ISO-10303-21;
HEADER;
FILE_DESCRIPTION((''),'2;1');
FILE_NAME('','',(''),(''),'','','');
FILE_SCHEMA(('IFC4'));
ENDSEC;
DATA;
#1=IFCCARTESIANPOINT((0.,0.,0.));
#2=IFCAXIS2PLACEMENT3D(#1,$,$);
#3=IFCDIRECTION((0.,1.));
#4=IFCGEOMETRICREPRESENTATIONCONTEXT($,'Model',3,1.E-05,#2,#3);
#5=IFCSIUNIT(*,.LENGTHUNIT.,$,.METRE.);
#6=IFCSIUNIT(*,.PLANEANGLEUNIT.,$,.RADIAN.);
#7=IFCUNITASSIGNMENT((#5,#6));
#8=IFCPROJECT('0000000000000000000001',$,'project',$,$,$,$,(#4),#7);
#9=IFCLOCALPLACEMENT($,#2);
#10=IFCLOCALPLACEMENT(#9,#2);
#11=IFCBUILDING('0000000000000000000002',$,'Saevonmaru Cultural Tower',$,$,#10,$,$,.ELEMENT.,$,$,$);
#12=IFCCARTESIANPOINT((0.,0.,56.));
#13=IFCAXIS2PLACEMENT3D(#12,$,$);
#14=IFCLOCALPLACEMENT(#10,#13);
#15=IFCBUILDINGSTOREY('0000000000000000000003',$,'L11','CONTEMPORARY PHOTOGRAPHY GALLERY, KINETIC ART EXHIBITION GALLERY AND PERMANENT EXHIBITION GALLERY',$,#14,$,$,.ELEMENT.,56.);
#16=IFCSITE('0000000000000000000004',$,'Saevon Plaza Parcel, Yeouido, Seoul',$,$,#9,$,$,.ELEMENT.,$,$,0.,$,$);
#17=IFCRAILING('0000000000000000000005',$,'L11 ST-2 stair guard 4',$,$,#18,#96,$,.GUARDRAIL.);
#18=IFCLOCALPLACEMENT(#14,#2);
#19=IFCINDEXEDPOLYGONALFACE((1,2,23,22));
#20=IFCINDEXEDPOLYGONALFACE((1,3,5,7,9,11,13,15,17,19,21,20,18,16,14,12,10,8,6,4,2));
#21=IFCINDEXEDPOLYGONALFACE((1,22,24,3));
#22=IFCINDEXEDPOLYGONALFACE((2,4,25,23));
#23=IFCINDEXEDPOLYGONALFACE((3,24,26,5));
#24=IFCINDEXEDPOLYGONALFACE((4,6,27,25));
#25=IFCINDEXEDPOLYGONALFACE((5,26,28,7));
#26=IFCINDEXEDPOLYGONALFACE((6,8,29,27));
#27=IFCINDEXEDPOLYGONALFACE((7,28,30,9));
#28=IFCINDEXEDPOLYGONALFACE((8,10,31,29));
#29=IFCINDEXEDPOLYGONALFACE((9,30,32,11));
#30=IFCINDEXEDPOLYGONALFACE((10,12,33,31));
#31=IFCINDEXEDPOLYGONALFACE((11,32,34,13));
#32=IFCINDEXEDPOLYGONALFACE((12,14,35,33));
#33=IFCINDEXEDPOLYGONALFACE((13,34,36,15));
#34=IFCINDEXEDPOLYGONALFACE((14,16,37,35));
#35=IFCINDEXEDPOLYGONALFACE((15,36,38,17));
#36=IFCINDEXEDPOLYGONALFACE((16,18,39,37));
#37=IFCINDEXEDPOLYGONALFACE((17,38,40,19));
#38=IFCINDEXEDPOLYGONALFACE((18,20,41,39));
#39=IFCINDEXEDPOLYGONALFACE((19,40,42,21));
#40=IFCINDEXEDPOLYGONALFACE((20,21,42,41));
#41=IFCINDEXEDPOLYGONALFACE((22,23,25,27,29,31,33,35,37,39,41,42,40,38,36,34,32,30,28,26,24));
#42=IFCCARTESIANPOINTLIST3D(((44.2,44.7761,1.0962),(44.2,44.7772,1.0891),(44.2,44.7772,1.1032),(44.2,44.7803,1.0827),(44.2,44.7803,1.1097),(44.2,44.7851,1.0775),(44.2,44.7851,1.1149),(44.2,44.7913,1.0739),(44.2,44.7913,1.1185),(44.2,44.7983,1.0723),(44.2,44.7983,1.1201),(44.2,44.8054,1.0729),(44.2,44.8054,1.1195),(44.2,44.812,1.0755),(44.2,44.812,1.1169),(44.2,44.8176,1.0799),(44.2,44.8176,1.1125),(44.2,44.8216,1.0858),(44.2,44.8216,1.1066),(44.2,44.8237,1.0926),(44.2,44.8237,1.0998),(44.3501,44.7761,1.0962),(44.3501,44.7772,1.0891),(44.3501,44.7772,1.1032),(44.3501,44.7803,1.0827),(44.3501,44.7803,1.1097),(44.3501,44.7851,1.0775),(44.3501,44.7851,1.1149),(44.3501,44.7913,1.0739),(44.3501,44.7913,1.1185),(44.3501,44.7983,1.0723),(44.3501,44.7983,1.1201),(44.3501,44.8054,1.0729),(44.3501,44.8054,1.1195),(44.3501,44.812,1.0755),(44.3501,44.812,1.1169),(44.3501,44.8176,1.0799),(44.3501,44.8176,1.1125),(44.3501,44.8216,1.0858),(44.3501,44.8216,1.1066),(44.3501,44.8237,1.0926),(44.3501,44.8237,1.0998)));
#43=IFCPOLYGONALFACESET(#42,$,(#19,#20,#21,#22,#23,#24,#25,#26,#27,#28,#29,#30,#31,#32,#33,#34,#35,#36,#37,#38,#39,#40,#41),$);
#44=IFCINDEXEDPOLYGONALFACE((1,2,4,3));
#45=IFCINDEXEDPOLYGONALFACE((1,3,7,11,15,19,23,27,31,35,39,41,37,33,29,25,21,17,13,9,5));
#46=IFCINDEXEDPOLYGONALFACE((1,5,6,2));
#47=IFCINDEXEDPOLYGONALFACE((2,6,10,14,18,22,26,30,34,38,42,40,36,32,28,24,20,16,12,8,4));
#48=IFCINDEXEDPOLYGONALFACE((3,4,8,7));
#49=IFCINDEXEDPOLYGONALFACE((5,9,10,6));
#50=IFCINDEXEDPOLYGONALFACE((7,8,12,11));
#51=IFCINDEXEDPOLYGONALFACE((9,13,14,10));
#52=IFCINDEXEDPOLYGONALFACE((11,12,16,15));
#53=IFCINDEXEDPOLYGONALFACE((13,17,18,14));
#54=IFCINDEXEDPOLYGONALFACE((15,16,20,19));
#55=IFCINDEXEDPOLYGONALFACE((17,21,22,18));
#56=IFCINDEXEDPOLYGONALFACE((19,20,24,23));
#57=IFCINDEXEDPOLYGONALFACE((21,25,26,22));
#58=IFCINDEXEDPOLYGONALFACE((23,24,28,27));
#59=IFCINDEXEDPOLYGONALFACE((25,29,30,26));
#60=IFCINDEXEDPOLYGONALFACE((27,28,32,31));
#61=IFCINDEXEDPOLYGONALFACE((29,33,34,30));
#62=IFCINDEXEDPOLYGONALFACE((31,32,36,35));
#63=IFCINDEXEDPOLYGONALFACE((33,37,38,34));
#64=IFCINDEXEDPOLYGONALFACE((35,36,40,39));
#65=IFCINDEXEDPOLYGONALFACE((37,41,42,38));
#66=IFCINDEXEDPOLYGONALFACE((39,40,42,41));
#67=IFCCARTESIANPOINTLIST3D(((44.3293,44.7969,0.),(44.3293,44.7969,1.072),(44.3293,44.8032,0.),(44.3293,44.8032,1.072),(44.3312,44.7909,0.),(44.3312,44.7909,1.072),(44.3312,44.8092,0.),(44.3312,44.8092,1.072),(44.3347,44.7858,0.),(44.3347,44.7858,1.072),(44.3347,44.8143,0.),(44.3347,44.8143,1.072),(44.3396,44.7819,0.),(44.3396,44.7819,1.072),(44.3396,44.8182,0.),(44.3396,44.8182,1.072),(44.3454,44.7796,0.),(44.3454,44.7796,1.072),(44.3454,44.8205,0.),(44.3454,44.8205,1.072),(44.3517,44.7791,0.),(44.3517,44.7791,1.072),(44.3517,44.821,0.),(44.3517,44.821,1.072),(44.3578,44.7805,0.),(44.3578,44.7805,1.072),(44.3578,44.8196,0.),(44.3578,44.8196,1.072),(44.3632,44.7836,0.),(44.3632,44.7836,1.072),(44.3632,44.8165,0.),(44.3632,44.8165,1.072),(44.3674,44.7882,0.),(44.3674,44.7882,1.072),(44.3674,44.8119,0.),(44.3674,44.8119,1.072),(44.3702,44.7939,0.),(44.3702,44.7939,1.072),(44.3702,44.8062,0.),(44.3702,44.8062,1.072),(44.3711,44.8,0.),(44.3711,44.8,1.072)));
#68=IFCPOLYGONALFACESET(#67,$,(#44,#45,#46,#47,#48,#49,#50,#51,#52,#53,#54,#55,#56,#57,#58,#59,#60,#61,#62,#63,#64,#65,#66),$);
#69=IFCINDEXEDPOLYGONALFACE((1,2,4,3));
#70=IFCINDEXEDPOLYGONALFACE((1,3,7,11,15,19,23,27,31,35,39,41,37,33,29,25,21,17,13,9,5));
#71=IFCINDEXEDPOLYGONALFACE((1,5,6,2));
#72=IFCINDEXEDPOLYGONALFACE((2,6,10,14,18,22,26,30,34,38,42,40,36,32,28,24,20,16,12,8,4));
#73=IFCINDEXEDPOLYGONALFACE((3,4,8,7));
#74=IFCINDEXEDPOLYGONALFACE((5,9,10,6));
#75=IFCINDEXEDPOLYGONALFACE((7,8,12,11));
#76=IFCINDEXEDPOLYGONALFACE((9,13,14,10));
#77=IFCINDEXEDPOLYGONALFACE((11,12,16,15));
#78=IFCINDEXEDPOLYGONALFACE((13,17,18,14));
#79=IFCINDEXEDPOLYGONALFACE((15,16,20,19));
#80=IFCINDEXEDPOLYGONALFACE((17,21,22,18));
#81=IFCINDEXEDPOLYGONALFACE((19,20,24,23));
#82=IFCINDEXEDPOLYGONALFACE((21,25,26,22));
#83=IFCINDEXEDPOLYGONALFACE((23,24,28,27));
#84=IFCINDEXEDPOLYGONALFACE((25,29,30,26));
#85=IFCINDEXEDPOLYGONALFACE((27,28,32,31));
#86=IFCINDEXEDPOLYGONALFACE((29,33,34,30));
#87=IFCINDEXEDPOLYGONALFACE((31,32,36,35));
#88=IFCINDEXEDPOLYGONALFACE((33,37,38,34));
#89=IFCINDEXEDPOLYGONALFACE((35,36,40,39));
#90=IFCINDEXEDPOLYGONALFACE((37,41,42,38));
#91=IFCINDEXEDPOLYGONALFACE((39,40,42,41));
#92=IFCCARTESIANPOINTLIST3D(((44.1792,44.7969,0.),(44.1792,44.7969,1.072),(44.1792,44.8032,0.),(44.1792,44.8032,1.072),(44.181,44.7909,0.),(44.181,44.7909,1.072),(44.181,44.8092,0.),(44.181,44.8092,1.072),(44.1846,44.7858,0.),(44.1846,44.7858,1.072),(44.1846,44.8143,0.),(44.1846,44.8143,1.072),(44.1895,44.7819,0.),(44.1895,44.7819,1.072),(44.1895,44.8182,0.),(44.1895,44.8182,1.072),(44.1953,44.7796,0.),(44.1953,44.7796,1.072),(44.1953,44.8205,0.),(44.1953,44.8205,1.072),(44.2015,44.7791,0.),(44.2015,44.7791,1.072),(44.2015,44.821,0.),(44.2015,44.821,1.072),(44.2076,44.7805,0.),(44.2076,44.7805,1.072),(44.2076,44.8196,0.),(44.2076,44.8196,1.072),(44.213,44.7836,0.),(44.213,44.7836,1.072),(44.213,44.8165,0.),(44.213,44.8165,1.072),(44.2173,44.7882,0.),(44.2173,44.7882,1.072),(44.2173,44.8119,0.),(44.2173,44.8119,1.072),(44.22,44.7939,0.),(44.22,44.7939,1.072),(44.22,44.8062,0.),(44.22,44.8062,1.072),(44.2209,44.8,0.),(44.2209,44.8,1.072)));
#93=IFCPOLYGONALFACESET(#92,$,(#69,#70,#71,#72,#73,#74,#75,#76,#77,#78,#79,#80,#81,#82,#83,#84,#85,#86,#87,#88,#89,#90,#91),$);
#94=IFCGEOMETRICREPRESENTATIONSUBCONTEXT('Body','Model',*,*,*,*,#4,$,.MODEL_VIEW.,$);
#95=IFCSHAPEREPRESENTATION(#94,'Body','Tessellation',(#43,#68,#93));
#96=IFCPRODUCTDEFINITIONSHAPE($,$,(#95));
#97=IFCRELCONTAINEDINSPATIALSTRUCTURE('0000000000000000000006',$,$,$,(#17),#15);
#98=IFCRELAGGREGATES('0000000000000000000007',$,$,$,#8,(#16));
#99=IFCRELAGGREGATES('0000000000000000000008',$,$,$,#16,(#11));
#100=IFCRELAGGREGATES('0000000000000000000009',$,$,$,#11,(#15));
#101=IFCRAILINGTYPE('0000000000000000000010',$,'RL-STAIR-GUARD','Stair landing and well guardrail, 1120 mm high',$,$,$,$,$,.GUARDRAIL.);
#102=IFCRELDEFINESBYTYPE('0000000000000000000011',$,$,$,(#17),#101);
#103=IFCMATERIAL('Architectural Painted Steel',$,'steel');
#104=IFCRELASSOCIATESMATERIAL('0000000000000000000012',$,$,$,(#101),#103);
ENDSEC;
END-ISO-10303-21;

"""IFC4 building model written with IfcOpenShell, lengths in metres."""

from ifc_helpers import new_model, si_unit, direction, frame, origin, origin_2d, place, context, subcontext, project, spatial, circle, extrude, material, type_object, element, save


model = new_model("IFC4")

# Units and contexts
model_context = context("Model", 3, precision=1e-05, world=origin(), true_north=direction((0.0, 1.0)))
body_context = subcontext(model_context, "Body", "Model", "MODEL_VIEW")
ifc_project = project(units=[si_unit("LENGTHUNIT", "METRE"), si_unit("PLANEANGLEUNIT", "RADIAN")], contexts=[model_context])

# Site, building, storey
site_placement = place(None, origin())
site = spatial("IfcSite", under=ifc_project, at=site_placement, Name="Saevon Plaza Parcel, Yeouido, Seoul", CompositionType="ELEMENT", RefElevation=0.0)
building_placement = place(site_placement, origin())
building = spatial("IfcBuilding", under=site, at=building_placement, Name="Saevonmaru Cultural Tower", CompositionType="ELEMENT")
storey_placement = place(building_placement, frame((0.0, 0.0, 56.0)))
storey = spatial("IfcBuildingStorey", under=building, at=storey_placement, Name="L11", Description="CONTEMPORARY PHOTOGRAPHY GALLERY, KINETIC ART EXHIBITION GALLERY AND PERMANENT EXHIBITION GALLERY", CompositionType="ELEMENT", Elevation=56.0)

# Railing
ifc_material_1 = material(Name="Architectural Painted Steel", Category="steel")
railing_type_1 = type_object("IfcRailingType", Name="RL-STAIR-GUARD", Description="Stair landing and well guardrail, 1120 mm high", PredefinedType="GUARDRAIL", material=ifc_material_1)
railing_1_placement = place(storey_placement, frame((44.3501, 44.8, 0.0)))
element("IfcRailing", 1, at=railing_1_placement, inside=storey, type_object=railing_type_1, Name="L11 ST-2 stair guard 4", PredefinedType="GUARDRAIL", context=body_context, shape_type="SweptSolid", body=[
    extrude(circle(Radius=0.0239, at=origin_2d()), frame((0.0, 0.0, 1.0962), z_axis=(-1.0, 0.0, 0.0), x_axis=(0.0, -1.0, 0.0)), (0.0, 0.0, 1.0), 0.1501),
    extrude(circle(Radius=0.021, at=origin_2d()), origin(), (0.0, 0.0, 1.0), 1.072),
    extrude(circle(Radius=0.021, at=origin_2d()), frame((-0.1501, 0.0, 0.0)), (0.0, 0.0, 1.0), 1.072),
])

save(model, "model.ifc")
